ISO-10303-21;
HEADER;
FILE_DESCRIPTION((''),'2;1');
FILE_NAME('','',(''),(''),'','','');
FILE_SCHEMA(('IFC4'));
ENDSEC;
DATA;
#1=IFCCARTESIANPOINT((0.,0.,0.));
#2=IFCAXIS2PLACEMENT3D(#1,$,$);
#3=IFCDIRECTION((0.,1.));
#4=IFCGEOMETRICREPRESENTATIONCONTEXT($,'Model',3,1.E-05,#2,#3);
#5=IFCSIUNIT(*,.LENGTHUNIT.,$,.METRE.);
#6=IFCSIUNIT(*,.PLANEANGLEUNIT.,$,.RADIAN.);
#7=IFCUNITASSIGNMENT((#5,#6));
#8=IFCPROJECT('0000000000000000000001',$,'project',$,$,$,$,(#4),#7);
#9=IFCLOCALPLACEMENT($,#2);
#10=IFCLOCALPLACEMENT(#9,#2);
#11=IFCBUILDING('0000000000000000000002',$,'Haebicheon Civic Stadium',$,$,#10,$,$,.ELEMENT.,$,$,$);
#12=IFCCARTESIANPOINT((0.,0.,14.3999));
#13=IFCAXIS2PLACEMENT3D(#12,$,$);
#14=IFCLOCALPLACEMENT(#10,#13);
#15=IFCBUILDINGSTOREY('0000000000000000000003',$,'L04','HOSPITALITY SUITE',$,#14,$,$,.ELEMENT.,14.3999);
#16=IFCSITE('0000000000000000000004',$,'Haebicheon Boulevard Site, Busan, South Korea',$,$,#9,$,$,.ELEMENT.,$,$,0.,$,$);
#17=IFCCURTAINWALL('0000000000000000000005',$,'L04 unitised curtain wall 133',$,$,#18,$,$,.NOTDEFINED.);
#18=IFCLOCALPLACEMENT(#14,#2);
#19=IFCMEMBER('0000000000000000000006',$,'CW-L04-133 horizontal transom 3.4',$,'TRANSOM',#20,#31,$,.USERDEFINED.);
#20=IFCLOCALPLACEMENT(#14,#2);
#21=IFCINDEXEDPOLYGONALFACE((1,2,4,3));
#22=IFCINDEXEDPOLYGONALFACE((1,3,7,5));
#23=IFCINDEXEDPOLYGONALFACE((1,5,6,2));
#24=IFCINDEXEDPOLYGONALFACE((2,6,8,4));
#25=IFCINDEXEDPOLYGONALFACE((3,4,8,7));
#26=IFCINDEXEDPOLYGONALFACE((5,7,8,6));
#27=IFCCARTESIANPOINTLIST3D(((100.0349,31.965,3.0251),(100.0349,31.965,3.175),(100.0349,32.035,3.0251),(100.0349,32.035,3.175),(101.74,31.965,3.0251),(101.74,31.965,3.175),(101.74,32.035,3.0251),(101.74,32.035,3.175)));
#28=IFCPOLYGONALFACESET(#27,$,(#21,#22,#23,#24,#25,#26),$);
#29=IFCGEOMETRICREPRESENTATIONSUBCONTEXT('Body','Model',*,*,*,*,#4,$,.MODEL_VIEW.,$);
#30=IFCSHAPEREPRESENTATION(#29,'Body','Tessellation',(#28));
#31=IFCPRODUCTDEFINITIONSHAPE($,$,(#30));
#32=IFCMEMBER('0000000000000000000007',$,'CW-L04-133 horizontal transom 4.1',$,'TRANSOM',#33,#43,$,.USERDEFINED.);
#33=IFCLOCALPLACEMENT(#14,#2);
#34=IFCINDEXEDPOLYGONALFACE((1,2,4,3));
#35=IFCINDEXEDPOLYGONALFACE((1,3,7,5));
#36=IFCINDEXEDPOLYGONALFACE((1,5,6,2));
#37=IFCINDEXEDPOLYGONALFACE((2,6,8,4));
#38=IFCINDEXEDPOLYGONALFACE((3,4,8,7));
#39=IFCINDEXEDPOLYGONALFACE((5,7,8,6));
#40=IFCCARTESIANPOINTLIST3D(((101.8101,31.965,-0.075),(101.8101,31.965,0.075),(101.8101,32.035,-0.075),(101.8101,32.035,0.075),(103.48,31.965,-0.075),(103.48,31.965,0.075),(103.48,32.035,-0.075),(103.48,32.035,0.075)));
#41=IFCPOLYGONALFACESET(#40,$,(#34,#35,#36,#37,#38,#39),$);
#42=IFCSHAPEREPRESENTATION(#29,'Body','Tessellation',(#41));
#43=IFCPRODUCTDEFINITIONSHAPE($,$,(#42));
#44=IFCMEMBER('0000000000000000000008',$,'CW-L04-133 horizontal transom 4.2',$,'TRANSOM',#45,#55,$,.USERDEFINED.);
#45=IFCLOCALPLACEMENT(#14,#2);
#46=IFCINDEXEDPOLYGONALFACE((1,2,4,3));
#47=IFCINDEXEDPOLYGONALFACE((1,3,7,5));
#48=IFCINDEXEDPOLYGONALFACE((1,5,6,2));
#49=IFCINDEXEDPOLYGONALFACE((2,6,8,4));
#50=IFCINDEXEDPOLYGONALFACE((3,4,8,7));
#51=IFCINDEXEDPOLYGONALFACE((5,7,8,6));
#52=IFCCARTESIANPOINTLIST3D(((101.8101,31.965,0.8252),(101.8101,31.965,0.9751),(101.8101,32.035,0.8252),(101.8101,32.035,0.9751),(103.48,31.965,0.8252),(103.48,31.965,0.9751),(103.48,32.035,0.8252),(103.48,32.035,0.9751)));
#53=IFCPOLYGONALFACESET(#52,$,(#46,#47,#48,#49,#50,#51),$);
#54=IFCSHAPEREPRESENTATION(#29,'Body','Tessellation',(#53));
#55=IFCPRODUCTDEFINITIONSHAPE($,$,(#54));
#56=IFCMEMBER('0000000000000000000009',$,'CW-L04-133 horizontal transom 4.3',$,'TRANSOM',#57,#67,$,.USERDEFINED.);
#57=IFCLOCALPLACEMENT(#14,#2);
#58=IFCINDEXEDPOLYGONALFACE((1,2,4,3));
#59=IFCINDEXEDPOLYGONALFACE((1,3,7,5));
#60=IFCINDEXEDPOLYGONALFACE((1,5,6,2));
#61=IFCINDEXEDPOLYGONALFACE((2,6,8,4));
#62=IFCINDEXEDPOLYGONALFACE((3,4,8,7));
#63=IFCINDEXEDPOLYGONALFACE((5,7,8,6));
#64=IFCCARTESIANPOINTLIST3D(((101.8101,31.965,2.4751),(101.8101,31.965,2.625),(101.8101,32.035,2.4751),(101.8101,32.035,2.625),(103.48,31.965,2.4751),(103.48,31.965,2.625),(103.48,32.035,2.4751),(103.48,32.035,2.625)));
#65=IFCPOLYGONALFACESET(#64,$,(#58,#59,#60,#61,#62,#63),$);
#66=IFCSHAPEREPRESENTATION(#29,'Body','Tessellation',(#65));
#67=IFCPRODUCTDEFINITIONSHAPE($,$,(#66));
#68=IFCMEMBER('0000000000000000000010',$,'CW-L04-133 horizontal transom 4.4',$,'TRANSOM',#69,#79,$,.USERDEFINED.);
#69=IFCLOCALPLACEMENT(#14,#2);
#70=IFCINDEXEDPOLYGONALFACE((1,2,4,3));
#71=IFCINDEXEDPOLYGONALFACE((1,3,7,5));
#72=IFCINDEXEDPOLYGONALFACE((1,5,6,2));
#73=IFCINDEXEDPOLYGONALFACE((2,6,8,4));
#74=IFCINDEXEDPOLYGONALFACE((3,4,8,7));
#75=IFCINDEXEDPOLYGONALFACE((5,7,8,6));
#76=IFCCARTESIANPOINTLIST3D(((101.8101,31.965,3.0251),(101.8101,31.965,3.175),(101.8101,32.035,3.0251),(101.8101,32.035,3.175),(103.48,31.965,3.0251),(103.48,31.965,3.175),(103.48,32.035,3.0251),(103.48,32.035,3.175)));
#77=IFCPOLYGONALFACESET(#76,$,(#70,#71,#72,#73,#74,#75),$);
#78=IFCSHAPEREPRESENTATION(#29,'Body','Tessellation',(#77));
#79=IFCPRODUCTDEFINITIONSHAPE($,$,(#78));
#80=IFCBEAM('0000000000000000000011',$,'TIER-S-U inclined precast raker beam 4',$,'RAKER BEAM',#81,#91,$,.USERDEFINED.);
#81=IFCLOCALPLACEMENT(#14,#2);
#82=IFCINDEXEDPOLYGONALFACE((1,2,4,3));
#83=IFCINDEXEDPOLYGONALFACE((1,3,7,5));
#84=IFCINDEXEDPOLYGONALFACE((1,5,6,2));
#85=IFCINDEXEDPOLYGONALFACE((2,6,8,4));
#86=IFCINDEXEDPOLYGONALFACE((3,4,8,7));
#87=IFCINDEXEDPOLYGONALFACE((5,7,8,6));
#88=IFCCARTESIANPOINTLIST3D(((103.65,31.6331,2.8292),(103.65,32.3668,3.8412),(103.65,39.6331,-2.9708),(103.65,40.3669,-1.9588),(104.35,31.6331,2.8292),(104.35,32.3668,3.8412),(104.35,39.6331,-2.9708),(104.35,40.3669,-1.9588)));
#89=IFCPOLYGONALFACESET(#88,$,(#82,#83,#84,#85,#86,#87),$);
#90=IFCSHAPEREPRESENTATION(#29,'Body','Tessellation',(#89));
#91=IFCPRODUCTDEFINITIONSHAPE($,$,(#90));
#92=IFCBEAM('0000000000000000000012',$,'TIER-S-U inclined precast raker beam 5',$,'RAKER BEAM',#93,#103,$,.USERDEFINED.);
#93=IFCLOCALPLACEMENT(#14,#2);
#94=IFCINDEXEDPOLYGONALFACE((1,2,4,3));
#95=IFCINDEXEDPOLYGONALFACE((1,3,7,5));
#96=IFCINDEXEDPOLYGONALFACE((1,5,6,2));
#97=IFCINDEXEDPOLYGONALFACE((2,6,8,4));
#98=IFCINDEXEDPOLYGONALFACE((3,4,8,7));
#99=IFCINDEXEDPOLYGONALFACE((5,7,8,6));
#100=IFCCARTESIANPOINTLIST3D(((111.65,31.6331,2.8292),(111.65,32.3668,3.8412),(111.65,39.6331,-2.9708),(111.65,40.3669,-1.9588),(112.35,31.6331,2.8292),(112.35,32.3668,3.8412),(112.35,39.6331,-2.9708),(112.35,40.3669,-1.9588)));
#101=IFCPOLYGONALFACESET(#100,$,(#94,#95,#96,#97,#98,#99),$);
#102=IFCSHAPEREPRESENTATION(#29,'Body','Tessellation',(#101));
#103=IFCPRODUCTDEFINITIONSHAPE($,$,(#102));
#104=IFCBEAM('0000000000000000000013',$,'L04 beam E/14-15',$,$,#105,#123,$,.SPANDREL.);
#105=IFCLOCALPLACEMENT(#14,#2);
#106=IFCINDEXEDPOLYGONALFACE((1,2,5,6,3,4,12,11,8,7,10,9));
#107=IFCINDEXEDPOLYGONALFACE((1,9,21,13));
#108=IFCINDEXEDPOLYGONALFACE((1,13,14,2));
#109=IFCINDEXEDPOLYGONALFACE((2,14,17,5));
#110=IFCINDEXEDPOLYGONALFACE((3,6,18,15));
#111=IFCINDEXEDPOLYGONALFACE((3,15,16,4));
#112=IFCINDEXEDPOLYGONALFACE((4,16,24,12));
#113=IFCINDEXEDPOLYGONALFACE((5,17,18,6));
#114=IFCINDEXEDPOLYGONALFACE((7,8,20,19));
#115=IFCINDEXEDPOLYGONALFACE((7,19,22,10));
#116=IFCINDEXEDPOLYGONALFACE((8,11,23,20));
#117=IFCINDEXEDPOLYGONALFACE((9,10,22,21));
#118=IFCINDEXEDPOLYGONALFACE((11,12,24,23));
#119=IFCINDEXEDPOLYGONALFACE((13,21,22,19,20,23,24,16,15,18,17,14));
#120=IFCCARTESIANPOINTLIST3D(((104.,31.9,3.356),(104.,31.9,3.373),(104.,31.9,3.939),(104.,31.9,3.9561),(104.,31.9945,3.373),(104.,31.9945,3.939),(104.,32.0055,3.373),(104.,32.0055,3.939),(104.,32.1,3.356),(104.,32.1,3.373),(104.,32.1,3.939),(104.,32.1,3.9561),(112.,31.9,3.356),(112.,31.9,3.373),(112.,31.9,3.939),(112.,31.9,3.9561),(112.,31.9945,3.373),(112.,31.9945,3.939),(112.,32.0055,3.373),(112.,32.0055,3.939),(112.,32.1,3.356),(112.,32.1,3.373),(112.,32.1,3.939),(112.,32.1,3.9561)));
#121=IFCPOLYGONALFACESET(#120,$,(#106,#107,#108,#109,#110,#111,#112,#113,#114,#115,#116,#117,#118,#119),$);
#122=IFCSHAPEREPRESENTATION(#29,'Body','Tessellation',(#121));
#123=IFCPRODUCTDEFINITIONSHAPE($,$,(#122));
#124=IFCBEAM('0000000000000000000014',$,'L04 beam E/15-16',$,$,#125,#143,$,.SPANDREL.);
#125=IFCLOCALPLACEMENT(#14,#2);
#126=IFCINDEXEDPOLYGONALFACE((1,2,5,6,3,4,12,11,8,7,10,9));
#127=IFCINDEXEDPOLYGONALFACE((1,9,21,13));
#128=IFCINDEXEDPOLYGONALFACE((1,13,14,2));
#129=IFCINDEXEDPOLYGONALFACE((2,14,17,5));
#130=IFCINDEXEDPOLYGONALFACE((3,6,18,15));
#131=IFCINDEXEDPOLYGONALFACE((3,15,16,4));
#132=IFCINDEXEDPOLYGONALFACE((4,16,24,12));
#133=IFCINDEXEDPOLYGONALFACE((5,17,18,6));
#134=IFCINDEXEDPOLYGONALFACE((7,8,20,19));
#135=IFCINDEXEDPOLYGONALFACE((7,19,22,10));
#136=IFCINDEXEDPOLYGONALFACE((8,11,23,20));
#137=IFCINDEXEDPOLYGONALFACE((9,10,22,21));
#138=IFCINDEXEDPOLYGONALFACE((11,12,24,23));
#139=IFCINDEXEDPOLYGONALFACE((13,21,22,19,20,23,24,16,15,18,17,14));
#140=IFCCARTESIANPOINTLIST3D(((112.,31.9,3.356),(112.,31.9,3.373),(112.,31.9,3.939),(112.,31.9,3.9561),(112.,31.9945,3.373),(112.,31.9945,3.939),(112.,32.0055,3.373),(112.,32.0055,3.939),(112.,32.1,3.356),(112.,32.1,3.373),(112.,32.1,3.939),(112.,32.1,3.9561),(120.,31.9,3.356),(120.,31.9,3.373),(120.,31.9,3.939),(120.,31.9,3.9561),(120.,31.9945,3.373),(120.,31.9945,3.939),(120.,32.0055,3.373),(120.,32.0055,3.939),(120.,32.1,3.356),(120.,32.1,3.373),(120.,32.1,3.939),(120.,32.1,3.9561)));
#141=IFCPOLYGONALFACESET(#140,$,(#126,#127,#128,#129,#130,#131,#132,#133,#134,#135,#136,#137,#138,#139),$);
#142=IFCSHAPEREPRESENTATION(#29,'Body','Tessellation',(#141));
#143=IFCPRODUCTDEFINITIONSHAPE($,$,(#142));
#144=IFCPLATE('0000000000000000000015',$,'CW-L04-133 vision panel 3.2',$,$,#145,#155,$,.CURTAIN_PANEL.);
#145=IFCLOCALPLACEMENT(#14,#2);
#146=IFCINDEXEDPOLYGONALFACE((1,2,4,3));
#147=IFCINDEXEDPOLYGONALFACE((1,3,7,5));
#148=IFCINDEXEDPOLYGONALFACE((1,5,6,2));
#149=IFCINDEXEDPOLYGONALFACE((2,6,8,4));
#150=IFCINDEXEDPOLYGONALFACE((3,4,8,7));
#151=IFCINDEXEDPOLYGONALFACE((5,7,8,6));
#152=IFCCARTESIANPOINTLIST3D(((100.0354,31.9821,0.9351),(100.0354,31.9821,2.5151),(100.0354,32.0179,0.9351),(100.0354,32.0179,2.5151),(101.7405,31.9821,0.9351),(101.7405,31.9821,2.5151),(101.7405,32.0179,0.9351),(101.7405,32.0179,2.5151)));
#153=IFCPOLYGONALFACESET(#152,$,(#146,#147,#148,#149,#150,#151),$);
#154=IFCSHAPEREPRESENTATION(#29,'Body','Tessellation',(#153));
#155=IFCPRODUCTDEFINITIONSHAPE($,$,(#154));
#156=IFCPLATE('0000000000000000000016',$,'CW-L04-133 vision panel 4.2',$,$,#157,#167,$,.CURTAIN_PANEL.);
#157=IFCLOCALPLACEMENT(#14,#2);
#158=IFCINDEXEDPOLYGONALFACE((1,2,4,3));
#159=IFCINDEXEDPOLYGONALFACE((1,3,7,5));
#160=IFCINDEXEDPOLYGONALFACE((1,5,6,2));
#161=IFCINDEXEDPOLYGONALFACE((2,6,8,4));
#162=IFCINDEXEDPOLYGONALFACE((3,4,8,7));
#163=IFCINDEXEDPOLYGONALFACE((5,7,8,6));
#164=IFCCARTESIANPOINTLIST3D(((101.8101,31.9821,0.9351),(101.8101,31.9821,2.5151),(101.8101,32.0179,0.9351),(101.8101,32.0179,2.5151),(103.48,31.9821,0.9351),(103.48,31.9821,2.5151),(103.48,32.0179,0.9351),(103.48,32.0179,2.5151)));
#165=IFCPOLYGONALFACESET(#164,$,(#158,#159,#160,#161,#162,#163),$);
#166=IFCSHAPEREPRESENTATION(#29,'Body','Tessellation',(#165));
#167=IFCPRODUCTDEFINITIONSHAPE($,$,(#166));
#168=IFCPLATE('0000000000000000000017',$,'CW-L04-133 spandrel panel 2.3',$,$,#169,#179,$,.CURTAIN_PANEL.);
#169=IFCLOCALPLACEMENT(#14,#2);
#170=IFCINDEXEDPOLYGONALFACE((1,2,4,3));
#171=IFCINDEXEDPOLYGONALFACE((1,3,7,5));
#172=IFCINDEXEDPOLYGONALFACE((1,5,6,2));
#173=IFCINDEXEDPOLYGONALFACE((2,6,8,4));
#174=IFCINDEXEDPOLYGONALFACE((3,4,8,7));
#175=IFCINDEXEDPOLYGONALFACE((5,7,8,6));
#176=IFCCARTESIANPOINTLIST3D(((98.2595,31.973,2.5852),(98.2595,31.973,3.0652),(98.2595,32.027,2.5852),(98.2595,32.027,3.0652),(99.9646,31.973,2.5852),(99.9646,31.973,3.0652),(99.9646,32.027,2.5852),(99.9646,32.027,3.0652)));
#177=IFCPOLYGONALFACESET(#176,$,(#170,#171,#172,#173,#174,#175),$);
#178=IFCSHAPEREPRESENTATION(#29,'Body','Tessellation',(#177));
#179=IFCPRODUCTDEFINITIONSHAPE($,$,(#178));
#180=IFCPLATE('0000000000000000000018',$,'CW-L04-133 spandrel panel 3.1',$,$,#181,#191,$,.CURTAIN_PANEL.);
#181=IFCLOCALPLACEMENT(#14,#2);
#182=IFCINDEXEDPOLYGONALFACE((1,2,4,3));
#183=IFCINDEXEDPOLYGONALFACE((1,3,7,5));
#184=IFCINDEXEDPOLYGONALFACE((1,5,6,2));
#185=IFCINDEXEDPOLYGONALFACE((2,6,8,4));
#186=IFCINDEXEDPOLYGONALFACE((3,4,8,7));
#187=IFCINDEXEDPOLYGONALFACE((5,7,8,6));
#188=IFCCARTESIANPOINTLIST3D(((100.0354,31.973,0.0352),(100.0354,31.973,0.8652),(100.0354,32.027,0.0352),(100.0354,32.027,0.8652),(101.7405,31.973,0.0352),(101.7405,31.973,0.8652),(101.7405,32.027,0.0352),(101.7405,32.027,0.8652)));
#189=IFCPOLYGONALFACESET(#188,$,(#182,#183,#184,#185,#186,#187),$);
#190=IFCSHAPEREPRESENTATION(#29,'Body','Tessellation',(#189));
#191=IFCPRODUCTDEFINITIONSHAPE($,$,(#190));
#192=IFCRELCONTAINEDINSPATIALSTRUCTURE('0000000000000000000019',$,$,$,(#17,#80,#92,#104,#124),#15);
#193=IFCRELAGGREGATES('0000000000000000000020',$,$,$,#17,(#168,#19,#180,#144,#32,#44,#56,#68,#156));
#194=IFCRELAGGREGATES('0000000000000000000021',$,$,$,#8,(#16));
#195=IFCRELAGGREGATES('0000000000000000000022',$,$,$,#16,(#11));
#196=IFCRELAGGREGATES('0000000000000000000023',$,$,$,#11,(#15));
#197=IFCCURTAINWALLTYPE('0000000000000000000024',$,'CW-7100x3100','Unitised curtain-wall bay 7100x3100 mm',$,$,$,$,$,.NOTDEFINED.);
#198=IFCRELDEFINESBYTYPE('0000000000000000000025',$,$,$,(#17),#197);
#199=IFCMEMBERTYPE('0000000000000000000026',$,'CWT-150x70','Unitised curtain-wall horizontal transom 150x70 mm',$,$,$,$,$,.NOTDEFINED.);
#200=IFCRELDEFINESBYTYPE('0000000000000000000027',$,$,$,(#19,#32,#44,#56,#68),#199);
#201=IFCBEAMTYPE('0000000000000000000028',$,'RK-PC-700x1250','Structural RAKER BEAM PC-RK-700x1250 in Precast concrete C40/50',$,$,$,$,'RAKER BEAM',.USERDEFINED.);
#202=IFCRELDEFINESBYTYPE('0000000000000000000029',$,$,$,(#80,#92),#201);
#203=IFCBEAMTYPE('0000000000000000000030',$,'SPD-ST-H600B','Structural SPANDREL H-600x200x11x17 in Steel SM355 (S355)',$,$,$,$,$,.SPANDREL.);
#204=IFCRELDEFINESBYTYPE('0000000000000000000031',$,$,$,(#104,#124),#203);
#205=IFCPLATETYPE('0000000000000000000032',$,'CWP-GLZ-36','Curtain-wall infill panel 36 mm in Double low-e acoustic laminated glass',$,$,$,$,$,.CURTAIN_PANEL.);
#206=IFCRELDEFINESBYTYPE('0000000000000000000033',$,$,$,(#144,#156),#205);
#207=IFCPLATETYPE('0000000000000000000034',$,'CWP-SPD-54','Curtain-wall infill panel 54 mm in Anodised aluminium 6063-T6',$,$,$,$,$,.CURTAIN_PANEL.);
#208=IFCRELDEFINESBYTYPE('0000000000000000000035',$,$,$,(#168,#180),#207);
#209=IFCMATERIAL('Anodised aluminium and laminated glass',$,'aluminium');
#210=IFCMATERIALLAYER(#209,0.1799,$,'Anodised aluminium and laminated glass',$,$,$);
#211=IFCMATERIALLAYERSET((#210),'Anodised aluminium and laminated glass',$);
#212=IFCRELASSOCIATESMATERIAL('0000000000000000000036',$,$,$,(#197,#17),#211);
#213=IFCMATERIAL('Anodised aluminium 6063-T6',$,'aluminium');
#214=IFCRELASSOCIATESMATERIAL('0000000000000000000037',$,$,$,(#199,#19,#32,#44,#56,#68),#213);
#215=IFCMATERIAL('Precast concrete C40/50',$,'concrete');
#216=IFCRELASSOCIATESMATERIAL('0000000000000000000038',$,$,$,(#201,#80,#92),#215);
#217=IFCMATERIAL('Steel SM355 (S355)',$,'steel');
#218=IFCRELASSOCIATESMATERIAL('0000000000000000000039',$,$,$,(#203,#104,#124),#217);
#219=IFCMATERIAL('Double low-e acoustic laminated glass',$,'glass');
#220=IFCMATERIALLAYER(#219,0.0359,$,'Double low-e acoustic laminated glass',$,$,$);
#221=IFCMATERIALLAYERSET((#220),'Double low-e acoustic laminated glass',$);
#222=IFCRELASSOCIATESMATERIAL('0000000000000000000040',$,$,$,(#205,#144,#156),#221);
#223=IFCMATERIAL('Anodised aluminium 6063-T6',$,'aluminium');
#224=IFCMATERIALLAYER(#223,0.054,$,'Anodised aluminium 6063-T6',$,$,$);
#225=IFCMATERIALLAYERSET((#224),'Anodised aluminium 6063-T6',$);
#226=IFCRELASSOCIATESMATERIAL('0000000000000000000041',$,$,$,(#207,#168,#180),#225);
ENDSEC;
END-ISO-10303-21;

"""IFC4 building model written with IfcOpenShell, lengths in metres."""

from ifc_helpers import new_model, si_unit, direction, frame, origin, origin_2d, place, context, subcontext, project, spatial, rectangle, i_section, extrude, material, layer, layer_set, material_profile, profile_set, type_object, element, aggregate, save


model = new_model("IFC4")

# Units and contexts
model_context = context("Model", 3, precision=1e-05, world=origin(), true_north=direction((0.0, 1.0)))
body_context = subcontext(model_context, "Body", "Model", "MODEL_VIEW")
ifc_project = project(units=[si_unit("LENGTHUNIT", "METRE"), si_unit("PLANEANGLEUNIT", "RADIAN")], contexts=[model_context])

# Site, building, storey
site_placement = place(None, origin())
site = spatial("IfcSite", under=ifc_project, at=site_placement, Name="Haebicheon Boulevard Site, Busan, South Korea", CompositionType="ELEMENT", RefElevation=0.0)
building_placement = place(site_placement, origin())
building = spatial("IfcBuilding", under=site, at=building_placement, Name="Haebicheon Civic Stadium", CompositionType="ELEMENT")
storey_placement = place(building_placement, frame((0.0, 0.0, 14.3999)))
storey = spatial("IfcBuildingStorey", under=building, at=storey_placement, Name="L04", Description="HOSPITALITY SUITE", CompositionType="ELEMENT", Elevation=14.3999)

# Curtain wall, members
ifc_material_1 = material(Name="Anodised aluminium and laminated glass", Category="aluminium")
ifc_layer_1 = layer(ifc_material_1, 0.1799, Name="Anodised aluminium and laminated glass")
ifc_layer_set_1 = layer_set([ifc_layer_1], Name="Anodised aluminium and laminated glass")
curtain_wall_type = type_object("IfcCurtainWallType", Name="CW-7100x3100", Description="Unitised curtain-wall bay 7100x3100 mm", PredefinedType="NOTDEFINED", material=ifc_layer_set_1)
curtain_wall_placement = place(storey_placement, origin())
curtain_wall = element("IfcCurtainWall", 1, at=curtain_wall_placement, inside=storey, type_object=curtain_wall_type, material=ifc_layer_set_1, Name="L04 unitised curtain wall 133", PredefinedType="NOTDEFINED")
ifc_material_2 = material(Name="Anodised aluminium 6063-T6", Category="aluminium")
ifc_material_profile_1 = material_profile(ifc_material_2, rectangle(XDim=0.0701, YDim=0.1499, at=origin_2d()), Name="ALU-TRAN-70x150")
ifc_profile_set_1 = profile_set([ifc_material_profile_1], Name="Anodised aluminium 6063-T6")
member_type_1 = type_object("IfcMemberType", Name="CWT-150x70", Description="Unitised curtain-wall horizontal transom 150x70 mm", PredefinedType="NOTDEFINED", material=ifc_profile_set_1)
member_1_placement = place(storey_placement, frame((100.0349, 32.0, 3.1001), z_axis=(1.0, 0.0, 0.0), x_axis=(0.0, 1.0, 0.0)))
member_1 = element("IfcMember", 2, at=member_1_placement, type_object=member_type_1, material=ifc_profile_set_1, Name="CW-L04-133 horizontal transom 3.4", ObjectType="TRANSOM", PredefinedType="USERDEFINED", context=body_context, shape_type="SweptSolid", body=[
    extrude(rectangle(XDim=0.0701, YDim=0.1499, at=origin_2d()), origin(), (0.0, 0.0, 1.0), 1.7051),
])
member_2_placement = place(storey_placement, frame((101.8101, 32.0, 0.0), z_axis=(1.0, 0.0, 0.0), x_axis=(0.0, 1.0, 0.0)))
member_2 = element("IfcMember", 3, at=member_2_placement, type_object=member_type_1, material=ifc_profile_set_1, Name="CW-L04-133 horizontal transom 4.1", ObjectType="TRANSOM", PredefinedType="USERDEFINED", context=body_context, shape_type="SweptSolid", body=[
    extrude(rectangle(XDim=0.0701, YDim=0.1499, at=origin_2d()), origin(), (0.0, 0.0, 1.0), 1.6699),
])
member_3_placement = place(storey_placement, frame((101.8101, 32.0, 0.9001), z_axis=(1.0, 0.0, 0.0), x_axis=(0.0, 1.0, 0.0)))
member_3 = element("IfcMember", 4, at=member_3_placement, type_object=member_type_1, material=ifc_profile_set_1, Name="CW-L04-133 horizontal transom 4.2", ObjectType="TRANSOM", PredefinedType="USERDEFINED", context=body_context, shape_type="SweptSolid", body=[
    extrude(rectangle(XDim=0.0701, YDim=0.1499, at=origin_2d()), origin(), (0.0, 0.0, 1.0), 1.6699),
])
member_4_placement = place(storey_placement, frame((101.8101, 32.0, 2.55), z_axis=(1.0, 0.0, 0.0), x_axis=(0.0, 1.0, 0.0)))
member_4 = element("IfcMember", 5, at=member_4_placement, type_object=member_type_1, material=ifc_profile_set_1, Name="CW-L04-133 horizontal transom 4.3", ObjectType="TRANSOM", PredefinedType="USERDEFINED", context=body_context, shape_type="SweptSolid", body=[
    extrude(rectangle(XDim=0.0701, YDim=0.1499, at=origin_2d()), origin(), (0.0, 0.0, 1.0), 1.6699),
])
member_5_placement = place(storey_placement, frame((101.8101, 32.0, 3.1001), z_axis=(1.0, 0.0, 0.0), x_axis=(0.0, 1.0, 0.0)))
member_5 = element("IfcMember", 6, at=member_5_placement, type_object=member_type_1, material=ifc_profile_set_1, Name="CW-L04-133 horizontal transom 4.4", ObjectType="TRANSOM", PredefinedType="USERDEFINED", context=body_context, shape_type="SweptSolid", body=[
    extrude(rectangle(XDim=0.0701, YDim=0.1499, at=origin_2d()), origin(), (0.0, 0.0, 1.0), 1.6699),
])

# Beams
ifc_material_3 = material(Name="Precast concrete C40/50", Category="concrete")
ifc_material_profile_2 = material_profile(ifc_material_3, rectangle(XDim=0.7, YDim=1.25, at=origin_2d()), Name="PC-RK-700x1250")
ifc_profile_set_2 = profile_set([ifc_material_profile_2], Name="Precast concrete C40/50")
beam_type_1 = type_object("IfcBeamType", Name="RK-PC-700x1250", Description="Structural RAKER BEAM PC-RK-700x1250 in Precast concrete C40/50", ElementType="RAKER BEAM", PredefinedType="USERDEFINED", material=ifc_profile_set_2)
for number, where, z_axis, x_axis, name in (
    (7, (104.0, 40.0, -2.4648), (0.0, -0.809608, 0.586971), (1.0, 0.0, 0.0), "TIER-S-U inclined precast raker beam 4"),
    (8, (112.0, 40.0, -2.4648), (0.0, -0.809608, 0.586971), (1.0, 0.0, 0.0), "TIER-S-U inclined precast raker beam 5"),
):
    element("IfcBeam", number, at=place(storey_placement, frame(where, z_axis=z_axis, x_axis=x_axis)), inside=storey, type_object=beam_type_1, material=ifc_profile_set_2, Name=name, ObjectType="RAKER BEAM", PredefinedType="USERDEFINED", context=body_context, shape_type="SweptSolid", body=[
        extrude(rectangle(XDim=0.7, YDim=1.25, at=origin_2d()), origin(), (0.0, 0.0, 1.0), 9.8813),
    ])
ifc_material_4 = material(Name="Steel SM355 (S355)", Category="steel")
ifc_material_profile_3 = material_profile(ifc_material_4, i_section(OverallWidth=0.2, OverallDepth=0.6001, WebThickness=0.011, FlangeThickness=0.0171, at=origin_2d()), Name="H-600x200x11x17")
ifc_profile_set_3 = profile_set([ifc_material_profile_3], Name="Steel SM355 (S355)")
beam_type_2 = type_object("IfcBeamType", Name="SPD-ST-H600B", Description="Structural SPANDREL H-600x200x11x17 in Steel SM355 (S355)", PredefinedType="SPANDREL", material=ifc_profile_set_3)
for number, where, z_axis, x_axis, name in (
    (9, (104.0, 32.0, 3.656), (1.0, 0.0, 0.0), (0.0, 1.0, 0.0), "L04 beam E/14-15"),
    (10, (112.0, 32.0, 3.656), (1.0, 0.0, 0.0), (0.0, 1.0, 0.0), "L04 beam E/15-16"),
):
    element("IfcBeam", number, at=place(storey_placement, frame(where, z_axis=z_axis, x_axis=x_axis)), inside=storey, type_object=beam_type_2, material=ifc_profile_set_3, Name=name, PredefinedType="SPANDREL", context=body_context, shape_type="SweptSolid", body=[
        extrude(i_section(OverallWidth=0.2, OverallDepth=0.6001, WebThickness=0.011, FlangeThickness=0.0171, at=origin_2d()), origin(), (0.0, 0.0, 1.0), 8.0),
    ])

# Plates
ifc_material_5 = material(Name="Double low-e acoustic laminated glass", Category="glass")
ifc_layer_2 = layer(ifc_material_5, 0.0359, Name="Double low-e acoustic laminated glass")
ifc_layer_set_2 = layer_set([ifc_layer_2], Name="Double low-e acoustic laminated glass")
plate_type_1 = type_object("IfcPlateType", Name="CWP-GLZ-36", Description="Curtain-wall infill panel 36 mm in Double low-e acoustic laminated glass", PredefinedType="CURTAIN_PANEL", material=ifc_layer_set_2)
plate_1_placement = place(storey_placement, frame((100.8879, 32.0, 0.9351), z_axis=(0.0, 0.0, 1.0), x_axis=(1.0, 0.0, 0.0)))
plate_1 = element("IfcPlate", 11, at=plate_1_placement, type_object=plate_type_1, material=ifc_layer_set_2, Name="CW-L04-133 vision panel 3.2", PredefinedType="CURTAIN_PANEL", context=body_context, shape_type="SweptSolid", body=[
    extrude(rectangle(XDim=1.7051, YDim=0.0359, at=origin_2d()), origin(), (0.0, 0.0, 1.0), 1.5801),
])
plate_2_placement = place(storey_placement, frame((102.645, 32.0, 0.9351), z_axis=(0.0, 0.0, 1.0), x_axis=(1.0, 0.0, 0.0)))
plate_2 = element("IfcPlate", 12, at=plate_2_placement, type_object=plate_type_1, material=ifc_layer_set_2, Name="CW-L04-133 vision panel 4.2", PredefinedType="CURTAIN_PANEL", context=body_context, shape_type="SweptSolid", body=[
    extrude(rectangle(XDim=1.6699, YDim=0.0359, at=origin_2d()), origin(), (0.0, 0.0, 1.0), 1.5801),
])
ifc_material_6 = material(Name="Anodised aluminium 6063-T6", Category="aluminium")
ifc_layer_3 = layer(ifc_material_6, 0.054, Name="Anodised aluminium 6063-T6")
ifc_layer_set_3 = layer_set([ifc_layer_3], Name="Anodised aluminium 6063-T6")
plate_type_2 = type_object("IfcPlateType", Name="CWP-SPD-54", Description="Curtain-wall infill panel 54 mm in Anodised aluminium 6063-T6", PredefinedType="CURTAIN_PANEL", material=ifc_layer_set_3)
plate_3_placement = place(storey_placement, frame((99.1121, 32.0, 2.5852), z_axis=(0.0, 0.0, 1.0), x_axis=(1.0, 0.0, 0.0)))
plate_3 = element("IfcPlate", 13, at=plate_3_placement, type_object=plate_type_2, material=ifc_layer_set_3, Name="CW-L04-133 spandrel panel 2.3", PredefinedType="CURTAIN_PANEL", context=body_context, shape_type="SweptSolid", body=[
    extrude(rectangle(XDim=1.7051, YDim=0.054, at=origin_2d()), origin(), (0.0, 0.0, 1.0), 0.48),
])
plate_4_placement = place(storey_placement, frame((100.8879, 32.0, 0.0352), z_axis=(0.0, 0.0, 1.0), x_axis=(1.0, 0.0, 0.0)))
plate_4 = element("IfcPlate", 14, at=plate_4_placement, type_object=plate_type_2, material=ifc_layer_set_3, Name="CW-L04-133 spandrel panel 3.1", PredefinedType="CURTAIN_PANEL", context=body_context, shape_type="SweptSolid", body=[
    extrude(rectangle(XDim=1.7051, YDim=0.054, at=origin_2d()), origin(), (0.0, 0.0, 1.0), 0.8301),
])
aggregate(curtain_wall, [plate_3, member_1, plate_4, plate_1, member_2, member_3, member_4, member_5, plate_2])

save(model, "model.ifc")
